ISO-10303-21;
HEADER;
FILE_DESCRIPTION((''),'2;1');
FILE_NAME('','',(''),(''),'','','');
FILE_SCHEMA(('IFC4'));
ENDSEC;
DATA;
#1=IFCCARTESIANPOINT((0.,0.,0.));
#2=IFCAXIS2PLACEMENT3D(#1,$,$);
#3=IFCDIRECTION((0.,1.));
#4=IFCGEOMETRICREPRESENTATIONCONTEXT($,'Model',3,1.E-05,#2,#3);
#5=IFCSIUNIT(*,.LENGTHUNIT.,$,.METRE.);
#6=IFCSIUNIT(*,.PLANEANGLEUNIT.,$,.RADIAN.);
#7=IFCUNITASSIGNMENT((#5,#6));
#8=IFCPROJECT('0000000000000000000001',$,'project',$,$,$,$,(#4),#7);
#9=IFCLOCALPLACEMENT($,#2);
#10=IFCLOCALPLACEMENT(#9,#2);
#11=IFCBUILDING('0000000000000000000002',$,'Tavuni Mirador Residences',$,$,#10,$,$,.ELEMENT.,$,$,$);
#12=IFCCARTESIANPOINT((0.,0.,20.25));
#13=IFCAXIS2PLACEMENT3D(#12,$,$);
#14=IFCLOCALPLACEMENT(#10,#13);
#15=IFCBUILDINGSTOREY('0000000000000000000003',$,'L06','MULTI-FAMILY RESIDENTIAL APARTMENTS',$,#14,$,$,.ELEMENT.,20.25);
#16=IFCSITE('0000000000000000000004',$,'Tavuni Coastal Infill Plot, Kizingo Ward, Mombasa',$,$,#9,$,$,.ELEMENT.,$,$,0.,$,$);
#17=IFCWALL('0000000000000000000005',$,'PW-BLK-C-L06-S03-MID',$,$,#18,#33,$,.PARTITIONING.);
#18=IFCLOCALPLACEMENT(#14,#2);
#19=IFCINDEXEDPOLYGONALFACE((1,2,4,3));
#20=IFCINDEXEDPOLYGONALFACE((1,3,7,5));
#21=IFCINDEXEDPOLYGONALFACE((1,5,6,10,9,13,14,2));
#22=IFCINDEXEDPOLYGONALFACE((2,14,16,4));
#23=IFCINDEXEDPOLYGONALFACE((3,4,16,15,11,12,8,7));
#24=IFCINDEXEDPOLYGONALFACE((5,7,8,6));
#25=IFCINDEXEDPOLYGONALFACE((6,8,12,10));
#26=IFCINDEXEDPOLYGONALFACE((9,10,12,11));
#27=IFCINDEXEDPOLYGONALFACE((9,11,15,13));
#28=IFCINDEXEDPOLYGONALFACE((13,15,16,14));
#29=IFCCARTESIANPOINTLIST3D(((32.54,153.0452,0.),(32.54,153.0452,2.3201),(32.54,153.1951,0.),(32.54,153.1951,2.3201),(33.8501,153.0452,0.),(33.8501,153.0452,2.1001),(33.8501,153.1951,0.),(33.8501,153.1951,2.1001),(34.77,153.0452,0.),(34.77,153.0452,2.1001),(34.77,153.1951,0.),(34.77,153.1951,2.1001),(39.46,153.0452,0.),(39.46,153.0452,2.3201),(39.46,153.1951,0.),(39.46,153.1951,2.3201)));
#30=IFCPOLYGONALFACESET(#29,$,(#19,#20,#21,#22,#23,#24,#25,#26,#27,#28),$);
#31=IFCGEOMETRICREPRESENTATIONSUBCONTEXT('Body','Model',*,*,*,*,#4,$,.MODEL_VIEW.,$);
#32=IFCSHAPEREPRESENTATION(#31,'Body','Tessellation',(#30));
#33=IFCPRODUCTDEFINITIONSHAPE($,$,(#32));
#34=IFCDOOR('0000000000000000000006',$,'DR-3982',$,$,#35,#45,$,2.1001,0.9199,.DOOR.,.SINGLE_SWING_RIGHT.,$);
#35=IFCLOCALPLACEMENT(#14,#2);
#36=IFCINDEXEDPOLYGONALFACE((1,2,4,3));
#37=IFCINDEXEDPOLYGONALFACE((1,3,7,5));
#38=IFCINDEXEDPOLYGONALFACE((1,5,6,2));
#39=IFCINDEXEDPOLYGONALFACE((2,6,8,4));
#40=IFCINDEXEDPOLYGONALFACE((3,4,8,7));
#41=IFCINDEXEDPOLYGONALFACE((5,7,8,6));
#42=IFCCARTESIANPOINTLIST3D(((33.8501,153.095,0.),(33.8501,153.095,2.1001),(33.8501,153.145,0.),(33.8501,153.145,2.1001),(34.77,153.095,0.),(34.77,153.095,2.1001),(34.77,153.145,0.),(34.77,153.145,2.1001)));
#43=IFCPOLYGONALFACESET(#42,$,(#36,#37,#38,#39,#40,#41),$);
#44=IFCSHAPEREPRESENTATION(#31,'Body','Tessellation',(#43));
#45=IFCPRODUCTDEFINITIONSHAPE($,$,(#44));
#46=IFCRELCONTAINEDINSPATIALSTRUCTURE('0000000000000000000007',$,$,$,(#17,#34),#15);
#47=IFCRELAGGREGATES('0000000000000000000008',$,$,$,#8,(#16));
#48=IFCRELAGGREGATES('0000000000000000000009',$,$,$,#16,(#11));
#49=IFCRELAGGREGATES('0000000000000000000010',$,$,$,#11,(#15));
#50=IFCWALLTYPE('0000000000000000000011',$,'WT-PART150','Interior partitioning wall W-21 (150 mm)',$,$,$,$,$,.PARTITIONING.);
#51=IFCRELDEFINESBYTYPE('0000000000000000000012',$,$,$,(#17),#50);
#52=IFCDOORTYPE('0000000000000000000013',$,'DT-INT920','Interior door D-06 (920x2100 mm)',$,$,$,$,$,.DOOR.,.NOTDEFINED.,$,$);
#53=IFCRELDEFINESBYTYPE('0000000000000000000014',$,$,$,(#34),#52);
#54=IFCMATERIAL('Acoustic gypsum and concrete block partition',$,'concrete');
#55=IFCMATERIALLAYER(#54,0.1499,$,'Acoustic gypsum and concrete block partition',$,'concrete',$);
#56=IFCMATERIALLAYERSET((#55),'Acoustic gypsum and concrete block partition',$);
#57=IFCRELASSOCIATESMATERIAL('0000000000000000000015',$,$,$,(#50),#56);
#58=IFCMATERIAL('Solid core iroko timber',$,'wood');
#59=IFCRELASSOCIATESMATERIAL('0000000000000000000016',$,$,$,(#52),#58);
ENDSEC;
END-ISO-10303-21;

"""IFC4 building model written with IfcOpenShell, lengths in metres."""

from ifc_helpers import new_model, si_unit, direction, frame, frame_2d, origin, place, context, subcontext, project, spatial, rectangle, extrude, material, layer, layer_set, type_object, element, fill, save


model = new_model("IFC4")

# Units and contexts
model_context = context("Model", 3, precision=1e-05, world=origin(), true_north=direction((0.0, 1.0)))
body_context = subcontext(model_context, "Body", "Model", "MODEL_VIEW")
ifc_project = project(units=[si_unit("LENGTHUNIT", "METRE"), si_unit("PLANEANGLEUNIT", "RADIAN")], contexts=[model_context])

# Site, building, storey
site_placement = place(None, origin())
site = spatial("IfcSite", under=ifc_project, at=site_placement, Name="Tavuni Coastal Infill Plot, Kizingo Ward, Mombasa", CompositionType="ELEMENT", RefElevation=0.0)
building_placement = place(site_placement, origin())
building = spatial("IfcBuilding", under=site, at=building_placement, Name="Tavuni Mirador Residences", CompositionType="ELEMENT")
storey_placement = place(building_placement, frame((0.0, 0.0, 20.25)))
storey = spatial("IfcBuildingStorey", under=building, at=storey_placement, Name="L06", Description="MULTI-FAMILY RESIDENTIAL APARTMENTS", CompositionType="ELEMENT", Elevation=20.25)

# Wall, opening, door
ifc_material_1 = material(Name="Acoustic gypsum and concrete block partition", Category="concrete")
ifc_layer_1 = layer(ifc_material_1, 0.1499, Name="Acoustic gypsum and concrete block partition", Category="concrete")
ifc_layer_set_1 = layer_set([ifc_layer_1], Name="Acoustic gypsum and concrete block partition")
wall_type = type_object("IfcWallType", Name="WT-PART150", Description="Interior partitioning wall W-21 (150 mm)", PredefinedType="PARTITIONING", material=ifc_layer_set_1)
wall_placement = place(storey_placement, frame((32.54, 153.1201, 0.0), z_axis=(0.0, 0.0, 1.0), x_axis=(1.0, 0.0, 0.0)))
wall = element("IfcWall", 1, at=wall_placement, inside=storey, type_object=wall_type, Name="PW-BLK-C-L06-S03-MID", PredefinedType="PARTITIONING", context=body_context, shape_type="SweptSolid", body=[
    extrude(rectangle(XDim=6.9199, YDim=0.1499, at=frame_2d((3.46, 0.0))), origin(), (0.0, 0.0, 1.0), 2.3201),
])
opening_placement = place(wall_placement, frame((1.3101, 0.0, 0.0)))
opening = element("IfcOpeningElement", 2, at=opening_placement, cuts=wall, PredefinedType="OPENING", context=body_context, shape_type="SweptSolid", body=[
    extrude(rectangle(XDim=0.9199, YDim=2.1001, at=frame_2d((0.46, 1.05))), frame((0.0, 0.085, 0.0), z_axis=(0.0, -1.0, 0.0), x_axis=(1.0, 0.0, 0.0)), (0.0, 0.0, 1.0), 0.1699),
])
ifc_material_2 = material(Name="Solid core iroko timber", Category="wood")
door_type = type_object("IfcDoorType", Name="DT-INT920", Description="Interior door D-06 (920x2100 mm)", OperationType="NOTDEFINED", PredefinedType="DOOR", material=ifc_material_2)
door_placement = place(opening_placement, origin())
door = element("IfcDoor", 3, at=door_placement, inside=storey, type_object=door_type, Name="DR-3982", OperationType="SINGLE_SWING_RIGHT", OverallHeight=2.1001, OverallWidth=0.9199, PredefinedType="DOOR", context=body_context, shape_type="SweptSolid", body=[
    extrude(rectangle(XDim=0.9199, YDim=2.1001, at=frame_2d((0.46, 1.05))), frame((0.0, 0.0249, 0.0), z_axis=(0.0, -1.0, 0.0), x_axis=(1.0, 0.0, 0.0)), (0.0, 0.0, 1.0), 0.05),
])
fill(opening, door)

save(model, "model.ifc")
